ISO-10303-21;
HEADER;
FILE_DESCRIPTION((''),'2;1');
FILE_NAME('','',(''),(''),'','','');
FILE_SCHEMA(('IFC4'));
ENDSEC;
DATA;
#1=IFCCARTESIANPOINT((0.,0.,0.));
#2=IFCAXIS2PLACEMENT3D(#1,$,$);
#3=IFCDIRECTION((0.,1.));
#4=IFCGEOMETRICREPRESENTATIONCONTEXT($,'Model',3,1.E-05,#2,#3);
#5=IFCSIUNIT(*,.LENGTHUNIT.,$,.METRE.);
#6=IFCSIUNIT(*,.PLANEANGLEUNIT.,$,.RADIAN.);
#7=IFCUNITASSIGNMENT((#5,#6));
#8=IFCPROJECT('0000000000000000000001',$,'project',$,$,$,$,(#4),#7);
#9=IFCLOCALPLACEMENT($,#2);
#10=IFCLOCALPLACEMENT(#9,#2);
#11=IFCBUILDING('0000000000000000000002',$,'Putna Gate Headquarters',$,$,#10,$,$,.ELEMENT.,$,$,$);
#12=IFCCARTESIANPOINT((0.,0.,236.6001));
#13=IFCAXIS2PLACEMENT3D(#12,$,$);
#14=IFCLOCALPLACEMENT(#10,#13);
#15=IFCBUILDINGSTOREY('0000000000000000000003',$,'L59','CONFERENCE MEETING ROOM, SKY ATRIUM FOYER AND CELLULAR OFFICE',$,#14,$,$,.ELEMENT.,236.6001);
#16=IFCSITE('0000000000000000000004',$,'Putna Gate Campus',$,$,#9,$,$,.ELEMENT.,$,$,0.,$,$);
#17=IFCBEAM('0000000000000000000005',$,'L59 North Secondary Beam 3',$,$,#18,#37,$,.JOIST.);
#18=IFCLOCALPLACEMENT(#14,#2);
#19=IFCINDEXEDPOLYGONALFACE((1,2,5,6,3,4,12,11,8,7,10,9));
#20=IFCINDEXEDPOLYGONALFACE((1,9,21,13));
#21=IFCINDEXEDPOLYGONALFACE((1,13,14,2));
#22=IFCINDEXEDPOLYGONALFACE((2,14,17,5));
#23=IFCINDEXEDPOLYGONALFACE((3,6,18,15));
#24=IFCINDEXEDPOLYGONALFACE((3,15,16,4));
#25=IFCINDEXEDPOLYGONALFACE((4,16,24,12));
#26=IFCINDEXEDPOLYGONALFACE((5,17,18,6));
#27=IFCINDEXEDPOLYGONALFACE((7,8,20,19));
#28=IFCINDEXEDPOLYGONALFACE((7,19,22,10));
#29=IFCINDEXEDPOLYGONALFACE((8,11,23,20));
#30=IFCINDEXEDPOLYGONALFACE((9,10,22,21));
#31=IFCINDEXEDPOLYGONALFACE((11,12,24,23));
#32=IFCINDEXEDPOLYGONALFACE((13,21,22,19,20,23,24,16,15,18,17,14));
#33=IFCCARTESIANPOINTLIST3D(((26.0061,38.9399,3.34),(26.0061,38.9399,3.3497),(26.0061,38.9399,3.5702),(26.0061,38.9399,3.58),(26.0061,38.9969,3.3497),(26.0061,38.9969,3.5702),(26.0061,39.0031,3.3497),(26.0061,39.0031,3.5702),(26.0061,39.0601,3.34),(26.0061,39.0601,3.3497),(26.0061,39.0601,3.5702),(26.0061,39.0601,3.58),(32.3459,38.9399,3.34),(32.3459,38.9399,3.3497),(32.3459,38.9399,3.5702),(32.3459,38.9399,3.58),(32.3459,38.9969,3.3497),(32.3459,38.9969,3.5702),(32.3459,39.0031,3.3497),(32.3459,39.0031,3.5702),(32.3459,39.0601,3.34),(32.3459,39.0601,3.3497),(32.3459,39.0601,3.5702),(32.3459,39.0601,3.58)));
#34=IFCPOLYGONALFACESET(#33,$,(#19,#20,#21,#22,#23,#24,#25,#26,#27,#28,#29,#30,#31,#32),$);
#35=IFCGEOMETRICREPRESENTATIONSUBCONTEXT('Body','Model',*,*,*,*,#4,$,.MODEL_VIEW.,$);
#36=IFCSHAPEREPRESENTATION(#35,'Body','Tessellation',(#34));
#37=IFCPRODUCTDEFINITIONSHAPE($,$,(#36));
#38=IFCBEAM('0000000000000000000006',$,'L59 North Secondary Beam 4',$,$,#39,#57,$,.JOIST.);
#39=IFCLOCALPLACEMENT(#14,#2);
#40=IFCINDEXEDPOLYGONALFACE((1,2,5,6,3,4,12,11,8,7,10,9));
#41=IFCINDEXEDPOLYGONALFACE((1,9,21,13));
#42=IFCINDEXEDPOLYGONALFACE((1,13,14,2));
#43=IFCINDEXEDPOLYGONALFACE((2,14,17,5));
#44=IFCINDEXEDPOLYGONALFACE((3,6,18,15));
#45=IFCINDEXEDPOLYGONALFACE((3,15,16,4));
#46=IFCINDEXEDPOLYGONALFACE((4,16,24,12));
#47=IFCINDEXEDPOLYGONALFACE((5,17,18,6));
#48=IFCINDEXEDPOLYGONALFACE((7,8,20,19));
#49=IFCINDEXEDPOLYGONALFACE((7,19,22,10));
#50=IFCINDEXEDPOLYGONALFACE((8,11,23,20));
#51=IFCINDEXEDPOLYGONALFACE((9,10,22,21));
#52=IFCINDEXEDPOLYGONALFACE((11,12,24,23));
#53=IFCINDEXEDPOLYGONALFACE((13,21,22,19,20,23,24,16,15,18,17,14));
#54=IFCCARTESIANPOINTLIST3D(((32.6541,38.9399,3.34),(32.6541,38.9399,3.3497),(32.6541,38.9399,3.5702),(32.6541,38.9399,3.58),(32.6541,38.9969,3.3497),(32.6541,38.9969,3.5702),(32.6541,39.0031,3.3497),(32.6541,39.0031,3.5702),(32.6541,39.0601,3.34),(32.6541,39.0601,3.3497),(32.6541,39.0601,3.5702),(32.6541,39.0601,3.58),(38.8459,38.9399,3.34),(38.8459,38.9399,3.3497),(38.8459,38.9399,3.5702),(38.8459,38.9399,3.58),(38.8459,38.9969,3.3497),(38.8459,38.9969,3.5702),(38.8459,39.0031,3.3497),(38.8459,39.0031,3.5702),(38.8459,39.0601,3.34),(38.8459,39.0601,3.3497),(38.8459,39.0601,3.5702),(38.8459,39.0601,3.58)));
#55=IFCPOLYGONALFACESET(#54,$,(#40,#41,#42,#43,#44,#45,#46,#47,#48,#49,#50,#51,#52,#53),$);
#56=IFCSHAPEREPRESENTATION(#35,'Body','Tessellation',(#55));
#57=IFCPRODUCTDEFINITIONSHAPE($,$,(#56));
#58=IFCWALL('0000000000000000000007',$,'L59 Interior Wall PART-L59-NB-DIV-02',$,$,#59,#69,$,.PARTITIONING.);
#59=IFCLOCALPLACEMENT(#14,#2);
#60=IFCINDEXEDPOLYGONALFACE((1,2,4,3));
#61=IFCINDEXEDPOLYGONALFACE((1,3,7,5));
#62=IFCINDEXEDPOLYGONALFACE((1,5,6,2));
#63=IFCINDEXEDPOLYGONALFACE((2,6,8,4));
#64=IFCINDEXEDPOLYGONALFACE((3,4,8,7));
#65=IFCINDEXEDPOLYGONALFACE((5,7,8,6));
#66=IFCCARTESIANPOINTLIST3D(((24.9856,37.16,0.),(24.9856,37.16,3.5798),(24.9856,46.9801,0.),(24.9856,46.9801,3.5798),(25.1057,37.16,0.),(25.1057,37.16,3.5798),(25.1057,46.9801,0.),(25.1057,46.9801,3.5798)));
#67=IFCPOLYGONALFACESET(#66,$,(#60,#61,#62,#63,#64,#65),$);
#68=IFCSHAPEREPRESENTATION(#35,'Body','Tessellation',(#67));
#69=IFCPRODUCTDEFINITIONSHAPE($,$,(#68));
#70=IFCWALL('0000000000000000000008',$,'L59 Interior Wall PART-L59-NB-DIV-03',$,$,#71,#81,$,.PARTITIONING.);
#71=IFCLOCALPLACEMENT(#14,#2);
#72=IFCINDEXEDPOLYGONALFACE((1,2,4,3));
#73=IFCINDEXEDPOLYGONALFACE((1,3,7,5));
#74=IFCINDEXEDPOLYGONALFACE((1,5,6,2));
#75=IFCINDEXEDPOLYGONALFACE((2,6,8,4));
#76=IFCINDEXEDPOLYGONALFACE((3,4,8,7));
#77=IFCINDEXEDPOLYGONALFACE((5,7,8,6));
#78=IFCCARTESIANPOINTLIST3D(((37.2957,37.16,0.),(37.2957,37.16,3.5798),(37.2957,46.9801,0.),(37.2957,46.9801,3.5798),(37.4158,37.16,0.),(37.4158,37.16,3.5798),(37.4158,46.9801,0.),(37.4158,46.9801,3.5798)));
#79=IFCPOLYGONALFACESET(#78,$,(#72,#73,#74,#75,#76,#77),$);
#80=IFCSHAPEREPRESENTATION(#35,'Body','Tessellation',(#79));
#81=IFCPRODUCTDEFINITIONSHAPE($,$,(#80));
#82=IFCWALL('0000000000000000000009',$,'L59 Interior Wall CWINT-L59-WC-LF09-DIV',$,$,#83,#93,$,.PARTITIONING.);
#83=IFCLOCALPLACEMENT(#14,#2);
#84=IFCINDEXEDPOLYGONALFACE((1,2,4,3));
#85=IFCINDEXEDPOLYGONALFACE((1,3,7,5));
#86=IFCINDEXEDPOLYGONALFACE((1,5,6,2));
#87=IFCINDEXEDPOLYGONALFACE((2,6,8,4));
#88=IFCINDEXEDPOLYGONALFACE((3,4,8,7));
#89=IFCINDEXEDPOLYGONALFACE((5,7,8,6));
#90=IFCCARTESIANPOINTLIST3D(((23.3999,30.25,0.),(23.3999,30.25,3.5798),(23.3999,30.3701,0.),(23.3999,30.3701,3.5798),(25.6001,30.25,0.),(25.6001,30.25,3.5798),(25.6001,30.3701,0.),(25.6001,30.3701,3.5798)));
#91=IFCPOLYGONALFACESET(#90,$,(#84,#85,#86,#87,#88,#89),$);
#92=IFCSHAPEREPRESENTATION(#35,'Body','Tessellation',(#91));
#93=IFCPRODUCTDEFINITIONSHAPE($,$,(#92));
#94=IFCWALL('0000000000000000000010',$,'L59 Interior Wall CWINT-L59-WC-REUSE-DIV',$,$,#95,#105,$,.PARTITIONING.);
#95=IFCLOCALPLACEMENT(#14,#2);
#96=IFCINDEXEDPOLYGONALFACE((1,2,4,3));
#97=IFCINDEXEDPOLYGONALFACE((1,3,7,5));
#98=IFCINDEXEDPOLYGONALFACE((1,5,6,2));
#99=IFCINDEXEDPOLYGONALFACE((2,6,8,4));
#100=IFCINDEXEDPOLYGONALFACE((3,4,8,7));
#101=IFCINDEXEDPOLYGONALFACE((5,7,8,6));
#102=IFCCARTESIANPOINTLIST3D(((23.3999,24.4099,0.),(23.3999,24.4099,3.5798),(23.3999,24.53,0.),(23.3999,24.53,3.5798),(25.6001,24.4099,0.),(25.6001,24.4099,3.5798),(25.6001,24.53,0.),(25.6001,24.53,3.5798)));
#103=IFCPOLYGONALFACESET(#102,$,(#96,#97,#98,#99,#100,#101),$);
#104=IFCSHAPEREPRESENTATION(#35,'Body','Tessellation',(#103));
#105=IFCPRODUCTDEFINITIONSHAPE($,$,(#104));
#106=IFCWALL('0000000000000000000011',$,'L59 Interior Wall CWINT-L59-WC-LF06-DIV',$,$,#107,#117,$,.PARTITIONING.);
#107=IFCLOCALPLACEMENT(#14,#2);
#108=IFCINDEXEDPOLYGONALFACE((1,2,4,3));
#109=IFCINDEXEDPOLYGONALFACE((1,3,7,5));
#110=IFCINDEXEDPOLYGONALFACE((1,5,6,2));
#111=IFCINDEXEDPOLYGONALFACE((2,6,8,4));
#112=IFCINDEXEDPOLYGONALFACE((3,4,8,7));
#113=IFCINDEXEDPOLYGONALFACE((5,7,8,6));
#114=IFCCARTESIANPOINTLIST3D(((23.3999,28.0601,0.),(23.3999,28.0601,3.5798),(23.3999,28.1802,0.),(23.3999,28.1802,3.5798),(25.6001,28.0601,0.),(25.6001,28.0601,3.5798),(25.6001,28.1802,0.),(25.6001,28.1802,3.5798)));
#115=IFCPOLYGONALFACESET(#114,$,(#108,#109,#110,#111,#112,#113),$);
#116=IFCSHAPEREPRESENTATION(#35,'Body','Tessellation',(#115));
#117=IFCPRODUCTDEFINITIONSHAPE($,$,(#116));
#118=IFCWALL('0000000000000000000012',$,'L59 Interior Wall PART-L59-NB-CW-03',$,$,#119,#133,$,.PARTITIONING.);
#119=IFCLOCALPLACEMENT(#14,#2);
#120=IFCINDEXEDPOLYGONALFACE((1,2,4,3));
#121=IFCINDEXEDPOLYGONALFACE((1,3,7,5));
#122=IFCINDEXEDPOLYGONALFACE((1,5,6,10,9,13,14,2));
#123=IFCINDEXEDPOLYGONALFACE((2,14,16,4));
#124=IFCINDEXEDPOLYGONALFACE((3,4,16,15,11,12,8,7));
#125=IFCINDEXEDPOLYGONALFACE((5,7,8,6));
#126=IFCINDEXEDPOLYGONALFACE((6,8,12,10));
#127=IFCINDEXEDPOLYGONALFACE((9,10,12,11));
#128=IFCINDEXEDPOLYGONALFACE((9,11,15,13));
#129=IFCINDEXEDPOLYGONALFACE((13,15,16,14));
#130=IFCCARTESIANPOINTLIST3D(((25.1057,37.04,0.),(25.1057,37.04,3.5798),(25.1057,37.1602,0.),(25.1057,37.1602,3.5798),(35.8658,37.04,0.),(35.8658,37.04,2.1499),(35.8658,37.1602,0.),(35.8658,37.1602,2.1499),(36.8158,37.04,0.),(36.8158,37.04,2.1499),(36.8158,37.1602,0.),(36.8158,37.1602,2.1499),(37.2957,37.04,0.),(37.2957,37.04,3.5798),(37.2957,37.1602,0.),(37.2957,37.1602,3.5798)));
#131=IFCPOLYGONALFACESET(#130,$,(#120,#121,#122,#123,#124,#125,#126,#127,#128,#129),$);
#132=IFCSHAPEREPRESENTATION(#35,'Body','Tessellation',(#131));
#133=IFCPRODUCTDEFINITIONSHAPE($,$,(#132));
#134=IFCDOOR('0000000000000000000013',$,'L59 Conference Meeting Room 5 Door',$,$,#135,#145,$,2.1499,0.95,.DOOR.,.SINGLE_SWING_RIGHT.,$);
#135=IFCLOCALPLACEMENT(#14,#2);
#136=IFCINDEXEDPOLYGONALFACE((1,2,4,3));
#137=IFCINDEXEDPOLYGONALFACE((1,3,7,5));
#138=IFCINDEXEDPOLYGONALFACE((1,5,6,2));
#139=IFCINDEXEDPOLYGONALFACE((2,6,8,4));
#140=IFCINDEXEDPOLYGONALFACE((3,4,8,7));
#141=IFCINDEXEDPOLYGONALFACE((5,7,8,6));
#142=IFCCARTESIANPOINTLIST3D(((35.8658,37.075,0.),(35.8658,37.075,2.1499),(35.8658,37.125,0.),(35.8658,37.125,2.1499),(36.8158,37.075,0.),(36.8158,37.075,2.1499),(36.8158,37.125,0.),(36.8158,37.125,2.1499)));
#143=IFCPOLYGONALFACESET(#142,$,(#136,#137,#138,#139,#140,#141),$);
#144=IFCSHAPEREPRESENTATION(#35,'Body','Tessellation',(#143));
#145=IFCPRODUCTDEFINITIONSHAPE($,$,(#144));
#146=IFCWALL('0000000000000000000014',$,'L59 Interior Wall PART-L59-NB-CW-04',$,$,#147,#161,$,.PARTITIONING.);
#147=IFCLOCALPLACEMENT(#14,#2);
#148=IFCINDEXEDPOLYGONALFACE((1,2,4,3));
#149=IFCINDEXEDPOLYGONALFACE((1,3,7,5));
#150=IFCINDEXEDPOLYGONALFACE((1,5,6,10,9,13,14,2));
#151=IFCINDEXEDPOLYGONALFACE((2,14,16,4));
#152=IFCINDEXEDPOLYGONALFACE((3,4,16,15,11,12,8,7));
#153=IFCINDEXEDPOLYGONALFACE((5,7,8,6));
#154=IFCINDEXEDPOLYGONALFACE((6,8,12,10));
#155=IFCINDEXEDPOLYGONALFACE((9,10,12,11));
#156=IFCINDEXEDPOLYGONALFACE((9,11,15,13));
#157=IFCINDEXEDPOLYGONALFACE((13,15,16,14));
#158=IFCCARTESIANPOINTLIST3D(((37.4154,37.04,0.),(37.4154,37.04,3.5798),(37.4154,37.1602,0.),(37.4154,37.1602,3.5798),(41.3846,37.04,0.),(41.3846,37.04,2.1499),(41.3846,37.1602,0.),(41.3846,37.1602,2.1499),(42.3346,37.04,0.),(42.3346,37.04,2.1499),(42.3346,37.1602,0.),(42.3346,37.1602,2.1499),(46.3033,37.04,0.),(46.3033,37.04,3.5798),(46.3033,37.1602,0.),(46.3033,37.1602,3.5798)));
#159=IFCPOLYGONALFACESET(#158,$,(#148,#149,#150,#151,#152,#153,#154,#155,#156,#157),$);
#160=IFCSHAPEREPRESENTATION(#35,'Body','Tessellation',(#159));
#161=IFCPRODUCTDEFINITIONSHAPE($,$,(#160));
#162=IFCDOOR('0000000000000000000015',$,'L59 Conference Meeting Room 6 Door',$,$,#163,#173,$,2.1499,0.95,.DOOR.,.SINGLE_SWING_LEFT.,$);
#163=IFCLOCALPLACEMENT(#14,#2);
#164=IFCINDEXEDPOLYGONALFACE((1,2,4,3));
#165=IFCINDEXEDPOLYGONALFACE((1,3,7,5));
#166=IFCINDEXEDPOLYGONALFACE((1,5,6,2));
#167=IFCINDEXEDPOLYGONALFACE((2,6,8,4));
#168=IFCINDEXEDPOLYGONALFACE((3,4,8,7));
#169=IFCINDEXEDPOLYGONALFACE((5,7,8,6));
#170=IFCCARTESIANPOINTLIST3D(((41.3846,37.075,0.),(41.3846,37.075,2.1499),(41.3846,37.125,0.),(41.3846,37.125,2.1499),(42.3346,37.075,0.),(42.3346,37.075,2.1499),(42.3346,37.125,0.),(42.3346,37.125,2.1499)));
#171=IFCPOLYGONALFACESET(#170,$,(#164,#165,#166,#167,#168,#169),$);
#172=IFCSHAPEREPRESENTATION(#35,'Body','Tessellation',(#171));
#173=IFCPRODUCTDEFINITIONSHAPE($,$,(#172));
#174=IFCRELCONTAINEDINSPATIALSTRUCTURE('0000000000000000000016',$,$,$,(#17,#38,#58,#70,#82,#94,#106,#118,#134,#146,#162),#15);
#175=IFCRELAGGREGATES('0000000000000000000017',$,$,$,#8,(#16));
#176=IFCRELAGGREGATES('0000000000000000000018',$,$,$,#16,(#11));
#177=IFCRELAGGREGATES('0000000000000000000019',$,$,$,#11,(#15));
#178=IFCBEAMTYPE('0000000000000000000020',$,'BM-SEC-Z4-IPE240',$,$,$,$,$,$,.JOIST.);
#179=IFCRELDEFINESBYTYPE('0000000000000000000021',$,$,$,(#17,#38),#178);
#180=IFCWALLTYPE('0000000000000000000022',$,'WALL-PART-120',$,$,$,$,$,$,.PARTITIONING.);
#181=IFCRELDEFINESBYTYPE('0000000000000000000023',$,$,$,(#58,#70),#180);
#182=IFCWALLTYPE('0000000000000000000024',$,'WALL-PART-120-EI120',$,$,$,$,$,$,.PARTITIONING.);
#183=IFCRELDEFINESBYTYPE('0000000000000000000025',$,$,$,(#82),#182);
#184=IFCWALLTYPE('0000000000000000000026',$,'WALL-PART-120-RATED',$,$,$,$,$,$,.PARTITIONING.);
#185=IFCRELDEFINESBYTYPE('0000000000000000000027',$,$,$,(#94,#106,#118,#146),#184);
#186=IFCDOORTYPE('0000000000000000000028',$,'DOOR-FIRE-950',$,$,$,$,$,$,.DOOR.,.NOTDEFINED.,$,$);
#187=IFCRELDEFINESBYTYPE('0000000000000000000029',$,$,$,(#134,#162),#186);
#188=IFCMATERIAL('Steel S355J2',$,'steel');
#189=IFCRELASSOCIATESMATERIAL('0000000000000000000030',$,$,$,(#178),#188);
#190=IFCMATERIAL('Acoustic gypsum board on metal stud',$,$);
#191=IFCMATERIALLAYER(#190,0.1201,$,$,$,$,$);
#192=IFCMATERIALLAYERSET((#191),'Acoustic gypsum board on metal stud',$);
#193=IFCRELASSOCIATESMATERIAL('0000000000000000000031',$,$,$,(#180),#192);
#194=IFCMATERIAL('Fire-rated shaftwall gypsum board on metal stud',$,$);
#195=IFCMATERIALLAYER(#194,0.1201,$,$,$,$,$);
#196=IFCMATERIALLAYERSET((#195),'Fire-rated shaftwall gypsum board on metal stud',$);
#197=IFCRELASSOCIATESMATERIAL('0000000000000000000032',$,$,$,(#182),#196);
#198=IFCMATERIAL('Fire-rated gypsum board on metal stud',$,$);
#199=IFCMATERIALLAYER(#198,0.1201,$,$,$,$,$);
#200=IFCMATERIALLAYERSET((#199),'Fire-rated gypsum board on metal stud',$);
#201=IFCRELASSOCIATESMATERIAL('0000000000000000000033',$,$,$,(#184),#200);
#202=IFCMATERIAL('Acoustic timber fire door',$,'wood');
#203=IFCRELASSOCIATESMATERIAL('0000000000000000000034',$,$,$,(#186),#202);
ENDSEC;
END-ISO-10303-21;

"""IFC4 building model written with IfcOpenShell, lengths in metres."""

from ifc_helpers import new_model, si_unit, direction, frame, frame_2d, origin, origin_2d, place, context, subcontext, project, spatial, rectangle, i_section, extrude, material, layer, layer_set, material_profile, profile_set, type_object, element, fill, save


model = new_model("IFC4")

# Units and contexts
model_context = context("Model", 3, precision=1e-05, world=origin(), true_north=direction((0.0, 1.0)))
body_context = subcontext(model_context, "Body", "Model", "MODEL_VIEW")
ifc_project = project(units=[si_unit("LENGTHUNIT", "METRE"), si_unit("PLANEANGLEUNIT", "RADIAN")], contexts=[model_context])

# Site, building, storey
site_placement = place(None, origin())
site = spatial("IfcSite", under=ifc_project, at=site_placement, Name="Putna Gate Campus", CompositionType="ELEMENT", RefElevation=0.0)
building_placement = place(site_placement, origin())
building = spatial("IfcBuilding", under=site, at=building_placement, Name="Putna Gate Headquarters", CompositionType="ELEMENT")
storey_placement = place(building_placement, frame((0.0, 0.0, 236.6001)))
storey = spatial("IfcBuildingStorey", under=building, at=storey_placement, Name="L59", Description="CONFERENCE MEETING ROOM, SKY ATRIUM FOYER AND CELLULAR OFFICE", CompositionType="ELEMENT", Elevation=236.6001)

# Beams
ifc_material_1 = material(Name="Steel S355J2", Category="steel")
ifc_material_profile_1 = material_profile(ifc_material_1, i_section(OverallWidth=0.1201, OverallDepth=0.24, WebThickness=0.0061, FlangeThickness=0.0098, at=origin_2d()), Name="Steel S355J2")
ifc_profile_set_1 = profile_set([ifc_material_profile_1], Name="Steel S355J2")
beam_type_1 = type_object("IfcBeamType", Name="BM-SEC-Z4-IPE240", PredefinedType="JOIST", material=ifc_profile_set_1)
beam_1_placement = place(storey_placement, frame((26.0061, 39.0, 3.46), z_axis=(1.0, 0.0, 0.0), x_axis=(0.0, 1.0, 0.0)))
element("IfcBeam", 1, at=beam_1_placement, inside=storey, type_object=beam_type_1, Name="L59 North Secondary Beam 3", PredefinedType="JOIST", context=body_context, shape_type="SweptSolid", body=[
    extrude(i_section(OverallWidth=0.1201, OverallDepth=0.24, WebThickness=0.0061, FlangeThickness=0.0098, at=origin_2d()), origin(), (0.0, 0.0, 1.0), 6.3398),
])
beam_2_placement = place(storey_placement, frame((32.6541, 39.0, 3.46), z_axis=(1.0, 0.0, 0.0), x_axis=(0.0, 1.0, 0.0)))
element("IfcBeam", 2, at=beam_2_placement, inside=storey, type_object=beam_type_1, Name="L59 North Secondary Beam 4", PredefinedType="JOIST", context=body_context, shape_type="SweptSolid", body=[
    extrude(i_section(OverallWidth=0.1201, OverallDepth=0.24, WebThickness=0.0061, FlangeThickness=0.0098, at=origin_2d()), origin(), (0.0, 0.0, 1.0), 6.1919),
])

# Walls
ifc_material_2 = material(Name="Acoustic gypsum board on metal stud")
ifc_layer_1 = layer(ifc_material_2, 0.1201)
ifc_layer_set_1 = layer_set([ifc_layer_1], Name="Acoustic gypsum board on metal stud")
wall_type_1 = type_object("IfcWallType", Name="WALL-PART-120", PredefinedType="PARTITIONING", material=ifc_layer_set_1)
for number, where, z_axis, x_axis, name in (
    (3, (25.0457, 37.1599, 0.0), (0.0, 0.0, 1.0), (0.0, 1.0, 0.0), "L59 Interior Wall PART-L59-NB-DIV-02"),
    (4, (37.3557, 37.1599, 0.0), (0.0, 0.0, 1.0), (0.0, 1.0, 0.0), "L59 Interior Wall PART-L59-NB-DIV-03"),
):
    element("IfcWall", number, at=place(storey_placement, frame(where, z_axis=z_axis, x_axis=x_axis)), inside=storey, type_object=wall_type_1, Name=name, PredefinedType="PARTITIONING", context=body_context, shape_type="SweptSolid", body=[
        extrude(rectangle(XDim=9.8201, YDim=0.1201, at=frame_2d((4.9102, 0.0))), origin(), (0.0, 0.0, 1.0), 3.5798),
    ])
ifc_material_3 = material(Name="Fire-rated shaftwall gypsum board on metal stud")
ifc_layer_2 = layer(ifc_material_3, 0.1201)
ifc_layer_set_2 = layer_set([ifc_layer_2], Name="Fire-rated shaftwall gypsum board on metal stud")
wall_type_2 = type_object("IfcWallType", Name="WALL-PART-120-EI120", PredefinedType="PARTITIONING", material=ifc_layer_set_2)
wall_1_placement = place(storey_placement, frame((23.3999, 30.3101, 0.0), z_axis=(0.0, 0.0, 1.0), x_axis=(1.0, 0.0, 0.0)))
element("IfcWall", 5, at=wall_1_placement, inside=storey, type_object=wall_type_2, Name="L59 Interior Wall CWINT-L59-WC-LF09-DIV", PredefinedType="PARTITIONING", context=body_context, shape_type="SweptSolid", body=[
    extrude(rectangle(XDim=2.2002, YDim=0.1201, at=frame_2d((1.1001, 0.0))), origin(), (0.0, 0.0, 1.0), 3.5798),
])
ifc_material_4 = material(Name="Fire-rated gypsum board on metal stud")
ifc_layer_3 = layer(ifc_material_4, 0.1201)
ifc_layer_set_3 = layer_set([ifc_layer_3], Name="Fire-rated gypsum board on metal stud")
wall_type_3 = type_object("IfcWallType", Name="WALL-PART-120-RATED", PredefinedType="PARTITIONING", material=ifc_layer_set_3)
for number, where, z_axis, x_axis, name in (
    (6, (23.3999, 24.47, 0.0), (0.0, 0.0, 1.0), (1.0, 0.0, 0.0), "L59 Interior Wall CWINT-L59-WC-REUSE-DIV"),
    (7, (23.3999, 28.1201, 0.0), (0.0, 0.0, 1.0), (1.0, 0.0, 0.0), "L59 Interior Wall CWINT-L59-WC-LF06-DIV"),
):
    element("IfcWall", number, at=place(storey_placement, frame(where, z_axis=z_axis, x_axis=x_axis)), inside=storey, type_object=wall_type_3, Name=name, PredefinedType="PARTITIONING", context=body_context, shape_type="SweptSolid", body=[
        extrude(rectangle(XDim=2.2002, YDim=0.1201, at=frame_2d((1.1001, 0.0))), origin(), (0.0, 0.0, 1.0), 3.5798),
    ])

# Walls, openings, doors
wall_2_placement = place(storey_placement, frame((25.1057, 37.1001, 0.0), z_axis=(0.0, 0.0, 1.0), x_axis=(1.0, 0.0, 0.0)))
wall_2 = element("IfcWall", 8, at=wall_2_placement, inside=storey, type_object=wall_type_3, Name="L59 Interior Wall PART-L59-NB-CW-03", PredefinedType="PARTITIONING", context=body_context, shape_type="SweptSolid", body=[
    extrude(rectangle(XDim=12.1899, YDim=0.1201, at=frame_2d((6.095, 0.0))), origin(), (0.0, 0.0, 1.0), 3.5798),
])
opening_1_placement = place(wall_2_placement, frame((10.76, 0.0, 0.0)))
opening_1 = element("IfcOpeningElement", 9, at=opening_1_placement, cuts=wall_2, PredefinedType="OPENING", context=body_context, shape_type="SweptSolid", body=[
    extrude(rectangle(XDim=0.95, YDim=2.1499, at=frame_2d((0.4751, 1.075))), frame((0.0, 0.0701, 0.0), z_axis=(0.0, -1.0, 0.0), x_axis=(1.0, 0.0, 0.0)), (0.0, 0.0, 1.0), 0.1401),
])
ifc_material_5 = material(Name="Acoustic timber fire door", Category="wood")
door_type_1 = type_object("IfcDoorType", Name="DOOR-FIRE-950", OperationType="NOTDEFINED", PredefinedType="DOOR", material=ifc_material_5)
door_1_placement = place(opening_1_placement, origin())
door_1 = element("IfcDoor", 10, at=door_1_placement, inside=storey, type_object=door_type_1, Name="L59 Conference Meeting Room 5 Door", OperationType="SINGLE_SWING_RIGHT", OverallHeight=2.1499, OverallWidth=0.95, PredefinedType="DOOR", context=body_context, shape_type="SweptSolid", body=[
    extrude(rectangle(XDim=0.95, YDim=2.1499, at=frame_2d((0.4751, 1.075))), frame((0.0, 0.0249, 0.0), z_axis=(0.0, -1.0, 0.0), x_axis=(1.0, 0.0, 0.0)), (0.0, 0.0, 1.0), 0.05),
])
fill(opening_1, door_1)
wall_3_placement = place(storey_placement, frame((37.4155, 37.1001, 0.0), z_axis=(0.0, 0.0, 1.0), x_axis=(1.0, 0.0, 0.0)))
wall_3 = element("IfcWall", 11, at=wall_3_placement, inside=storey, type_object=wall_type_3, Name="L59 Interior Wall PART-L59-NB-CW-04", PredefinedType="PARTITIONING", context=body_context, shape_type="SweptSolid", body=[
    extrude(rectangle(XDim=8.8879, YDim=0.1201, at=frame_2d((4.4438, 0.0))), origin(), (0.0, 0.0, 1.0), 3.5798),
])
opening_2_placement = place(wall_3_placement, frame((3.969, 0.0, 0.0)))
opening_2 = element("IfcOpeningElement", 12, at=opening_2_placement, cuts=wall_3, PredefinedType="OPENING", context=body_context, shape_type="SweptSolid", body=[
    extrude(rectangle(XDim=0.95, YDim=2.1499, at=frame_2d((0.4751, 1.075))), frame((0.0, 0.0701, 0.0), z_axis=(0.0, -1.0, 0.0), x_axis=(1.0, 0.0, 0.0)), (0.0, 0.0, 1.0), 0.1401),
])
door_2_placement = place(opening_2_placement, origin())
door_2 = element("IfcDoor", 13, at=door_2_placement, inside=storey, type_object=door_type_1, Name="L59 Conference Meeting Room 6 Door", OperationType="SINGLE_SWING_LEFT", OverallHeight=2.1499, OverallWidth=0.95, PredefinedType="DOOR", context=body_context, shape_type="SweptSolid", body=[
    extrude(rectangle(XDim=0.95, YDim=2.1499, at=frame_2d((0.4751, 1.075))), frame((0.0, 0.0249, 0.0), z_axis=(0.0, -1.0, 0.0), x_axis=(1.0, 0.0, 0.0)), (0.0, 0.0, 1.0), 0.05),
])
fill(opening_2, door_2)

save(model, "model.ifc")
